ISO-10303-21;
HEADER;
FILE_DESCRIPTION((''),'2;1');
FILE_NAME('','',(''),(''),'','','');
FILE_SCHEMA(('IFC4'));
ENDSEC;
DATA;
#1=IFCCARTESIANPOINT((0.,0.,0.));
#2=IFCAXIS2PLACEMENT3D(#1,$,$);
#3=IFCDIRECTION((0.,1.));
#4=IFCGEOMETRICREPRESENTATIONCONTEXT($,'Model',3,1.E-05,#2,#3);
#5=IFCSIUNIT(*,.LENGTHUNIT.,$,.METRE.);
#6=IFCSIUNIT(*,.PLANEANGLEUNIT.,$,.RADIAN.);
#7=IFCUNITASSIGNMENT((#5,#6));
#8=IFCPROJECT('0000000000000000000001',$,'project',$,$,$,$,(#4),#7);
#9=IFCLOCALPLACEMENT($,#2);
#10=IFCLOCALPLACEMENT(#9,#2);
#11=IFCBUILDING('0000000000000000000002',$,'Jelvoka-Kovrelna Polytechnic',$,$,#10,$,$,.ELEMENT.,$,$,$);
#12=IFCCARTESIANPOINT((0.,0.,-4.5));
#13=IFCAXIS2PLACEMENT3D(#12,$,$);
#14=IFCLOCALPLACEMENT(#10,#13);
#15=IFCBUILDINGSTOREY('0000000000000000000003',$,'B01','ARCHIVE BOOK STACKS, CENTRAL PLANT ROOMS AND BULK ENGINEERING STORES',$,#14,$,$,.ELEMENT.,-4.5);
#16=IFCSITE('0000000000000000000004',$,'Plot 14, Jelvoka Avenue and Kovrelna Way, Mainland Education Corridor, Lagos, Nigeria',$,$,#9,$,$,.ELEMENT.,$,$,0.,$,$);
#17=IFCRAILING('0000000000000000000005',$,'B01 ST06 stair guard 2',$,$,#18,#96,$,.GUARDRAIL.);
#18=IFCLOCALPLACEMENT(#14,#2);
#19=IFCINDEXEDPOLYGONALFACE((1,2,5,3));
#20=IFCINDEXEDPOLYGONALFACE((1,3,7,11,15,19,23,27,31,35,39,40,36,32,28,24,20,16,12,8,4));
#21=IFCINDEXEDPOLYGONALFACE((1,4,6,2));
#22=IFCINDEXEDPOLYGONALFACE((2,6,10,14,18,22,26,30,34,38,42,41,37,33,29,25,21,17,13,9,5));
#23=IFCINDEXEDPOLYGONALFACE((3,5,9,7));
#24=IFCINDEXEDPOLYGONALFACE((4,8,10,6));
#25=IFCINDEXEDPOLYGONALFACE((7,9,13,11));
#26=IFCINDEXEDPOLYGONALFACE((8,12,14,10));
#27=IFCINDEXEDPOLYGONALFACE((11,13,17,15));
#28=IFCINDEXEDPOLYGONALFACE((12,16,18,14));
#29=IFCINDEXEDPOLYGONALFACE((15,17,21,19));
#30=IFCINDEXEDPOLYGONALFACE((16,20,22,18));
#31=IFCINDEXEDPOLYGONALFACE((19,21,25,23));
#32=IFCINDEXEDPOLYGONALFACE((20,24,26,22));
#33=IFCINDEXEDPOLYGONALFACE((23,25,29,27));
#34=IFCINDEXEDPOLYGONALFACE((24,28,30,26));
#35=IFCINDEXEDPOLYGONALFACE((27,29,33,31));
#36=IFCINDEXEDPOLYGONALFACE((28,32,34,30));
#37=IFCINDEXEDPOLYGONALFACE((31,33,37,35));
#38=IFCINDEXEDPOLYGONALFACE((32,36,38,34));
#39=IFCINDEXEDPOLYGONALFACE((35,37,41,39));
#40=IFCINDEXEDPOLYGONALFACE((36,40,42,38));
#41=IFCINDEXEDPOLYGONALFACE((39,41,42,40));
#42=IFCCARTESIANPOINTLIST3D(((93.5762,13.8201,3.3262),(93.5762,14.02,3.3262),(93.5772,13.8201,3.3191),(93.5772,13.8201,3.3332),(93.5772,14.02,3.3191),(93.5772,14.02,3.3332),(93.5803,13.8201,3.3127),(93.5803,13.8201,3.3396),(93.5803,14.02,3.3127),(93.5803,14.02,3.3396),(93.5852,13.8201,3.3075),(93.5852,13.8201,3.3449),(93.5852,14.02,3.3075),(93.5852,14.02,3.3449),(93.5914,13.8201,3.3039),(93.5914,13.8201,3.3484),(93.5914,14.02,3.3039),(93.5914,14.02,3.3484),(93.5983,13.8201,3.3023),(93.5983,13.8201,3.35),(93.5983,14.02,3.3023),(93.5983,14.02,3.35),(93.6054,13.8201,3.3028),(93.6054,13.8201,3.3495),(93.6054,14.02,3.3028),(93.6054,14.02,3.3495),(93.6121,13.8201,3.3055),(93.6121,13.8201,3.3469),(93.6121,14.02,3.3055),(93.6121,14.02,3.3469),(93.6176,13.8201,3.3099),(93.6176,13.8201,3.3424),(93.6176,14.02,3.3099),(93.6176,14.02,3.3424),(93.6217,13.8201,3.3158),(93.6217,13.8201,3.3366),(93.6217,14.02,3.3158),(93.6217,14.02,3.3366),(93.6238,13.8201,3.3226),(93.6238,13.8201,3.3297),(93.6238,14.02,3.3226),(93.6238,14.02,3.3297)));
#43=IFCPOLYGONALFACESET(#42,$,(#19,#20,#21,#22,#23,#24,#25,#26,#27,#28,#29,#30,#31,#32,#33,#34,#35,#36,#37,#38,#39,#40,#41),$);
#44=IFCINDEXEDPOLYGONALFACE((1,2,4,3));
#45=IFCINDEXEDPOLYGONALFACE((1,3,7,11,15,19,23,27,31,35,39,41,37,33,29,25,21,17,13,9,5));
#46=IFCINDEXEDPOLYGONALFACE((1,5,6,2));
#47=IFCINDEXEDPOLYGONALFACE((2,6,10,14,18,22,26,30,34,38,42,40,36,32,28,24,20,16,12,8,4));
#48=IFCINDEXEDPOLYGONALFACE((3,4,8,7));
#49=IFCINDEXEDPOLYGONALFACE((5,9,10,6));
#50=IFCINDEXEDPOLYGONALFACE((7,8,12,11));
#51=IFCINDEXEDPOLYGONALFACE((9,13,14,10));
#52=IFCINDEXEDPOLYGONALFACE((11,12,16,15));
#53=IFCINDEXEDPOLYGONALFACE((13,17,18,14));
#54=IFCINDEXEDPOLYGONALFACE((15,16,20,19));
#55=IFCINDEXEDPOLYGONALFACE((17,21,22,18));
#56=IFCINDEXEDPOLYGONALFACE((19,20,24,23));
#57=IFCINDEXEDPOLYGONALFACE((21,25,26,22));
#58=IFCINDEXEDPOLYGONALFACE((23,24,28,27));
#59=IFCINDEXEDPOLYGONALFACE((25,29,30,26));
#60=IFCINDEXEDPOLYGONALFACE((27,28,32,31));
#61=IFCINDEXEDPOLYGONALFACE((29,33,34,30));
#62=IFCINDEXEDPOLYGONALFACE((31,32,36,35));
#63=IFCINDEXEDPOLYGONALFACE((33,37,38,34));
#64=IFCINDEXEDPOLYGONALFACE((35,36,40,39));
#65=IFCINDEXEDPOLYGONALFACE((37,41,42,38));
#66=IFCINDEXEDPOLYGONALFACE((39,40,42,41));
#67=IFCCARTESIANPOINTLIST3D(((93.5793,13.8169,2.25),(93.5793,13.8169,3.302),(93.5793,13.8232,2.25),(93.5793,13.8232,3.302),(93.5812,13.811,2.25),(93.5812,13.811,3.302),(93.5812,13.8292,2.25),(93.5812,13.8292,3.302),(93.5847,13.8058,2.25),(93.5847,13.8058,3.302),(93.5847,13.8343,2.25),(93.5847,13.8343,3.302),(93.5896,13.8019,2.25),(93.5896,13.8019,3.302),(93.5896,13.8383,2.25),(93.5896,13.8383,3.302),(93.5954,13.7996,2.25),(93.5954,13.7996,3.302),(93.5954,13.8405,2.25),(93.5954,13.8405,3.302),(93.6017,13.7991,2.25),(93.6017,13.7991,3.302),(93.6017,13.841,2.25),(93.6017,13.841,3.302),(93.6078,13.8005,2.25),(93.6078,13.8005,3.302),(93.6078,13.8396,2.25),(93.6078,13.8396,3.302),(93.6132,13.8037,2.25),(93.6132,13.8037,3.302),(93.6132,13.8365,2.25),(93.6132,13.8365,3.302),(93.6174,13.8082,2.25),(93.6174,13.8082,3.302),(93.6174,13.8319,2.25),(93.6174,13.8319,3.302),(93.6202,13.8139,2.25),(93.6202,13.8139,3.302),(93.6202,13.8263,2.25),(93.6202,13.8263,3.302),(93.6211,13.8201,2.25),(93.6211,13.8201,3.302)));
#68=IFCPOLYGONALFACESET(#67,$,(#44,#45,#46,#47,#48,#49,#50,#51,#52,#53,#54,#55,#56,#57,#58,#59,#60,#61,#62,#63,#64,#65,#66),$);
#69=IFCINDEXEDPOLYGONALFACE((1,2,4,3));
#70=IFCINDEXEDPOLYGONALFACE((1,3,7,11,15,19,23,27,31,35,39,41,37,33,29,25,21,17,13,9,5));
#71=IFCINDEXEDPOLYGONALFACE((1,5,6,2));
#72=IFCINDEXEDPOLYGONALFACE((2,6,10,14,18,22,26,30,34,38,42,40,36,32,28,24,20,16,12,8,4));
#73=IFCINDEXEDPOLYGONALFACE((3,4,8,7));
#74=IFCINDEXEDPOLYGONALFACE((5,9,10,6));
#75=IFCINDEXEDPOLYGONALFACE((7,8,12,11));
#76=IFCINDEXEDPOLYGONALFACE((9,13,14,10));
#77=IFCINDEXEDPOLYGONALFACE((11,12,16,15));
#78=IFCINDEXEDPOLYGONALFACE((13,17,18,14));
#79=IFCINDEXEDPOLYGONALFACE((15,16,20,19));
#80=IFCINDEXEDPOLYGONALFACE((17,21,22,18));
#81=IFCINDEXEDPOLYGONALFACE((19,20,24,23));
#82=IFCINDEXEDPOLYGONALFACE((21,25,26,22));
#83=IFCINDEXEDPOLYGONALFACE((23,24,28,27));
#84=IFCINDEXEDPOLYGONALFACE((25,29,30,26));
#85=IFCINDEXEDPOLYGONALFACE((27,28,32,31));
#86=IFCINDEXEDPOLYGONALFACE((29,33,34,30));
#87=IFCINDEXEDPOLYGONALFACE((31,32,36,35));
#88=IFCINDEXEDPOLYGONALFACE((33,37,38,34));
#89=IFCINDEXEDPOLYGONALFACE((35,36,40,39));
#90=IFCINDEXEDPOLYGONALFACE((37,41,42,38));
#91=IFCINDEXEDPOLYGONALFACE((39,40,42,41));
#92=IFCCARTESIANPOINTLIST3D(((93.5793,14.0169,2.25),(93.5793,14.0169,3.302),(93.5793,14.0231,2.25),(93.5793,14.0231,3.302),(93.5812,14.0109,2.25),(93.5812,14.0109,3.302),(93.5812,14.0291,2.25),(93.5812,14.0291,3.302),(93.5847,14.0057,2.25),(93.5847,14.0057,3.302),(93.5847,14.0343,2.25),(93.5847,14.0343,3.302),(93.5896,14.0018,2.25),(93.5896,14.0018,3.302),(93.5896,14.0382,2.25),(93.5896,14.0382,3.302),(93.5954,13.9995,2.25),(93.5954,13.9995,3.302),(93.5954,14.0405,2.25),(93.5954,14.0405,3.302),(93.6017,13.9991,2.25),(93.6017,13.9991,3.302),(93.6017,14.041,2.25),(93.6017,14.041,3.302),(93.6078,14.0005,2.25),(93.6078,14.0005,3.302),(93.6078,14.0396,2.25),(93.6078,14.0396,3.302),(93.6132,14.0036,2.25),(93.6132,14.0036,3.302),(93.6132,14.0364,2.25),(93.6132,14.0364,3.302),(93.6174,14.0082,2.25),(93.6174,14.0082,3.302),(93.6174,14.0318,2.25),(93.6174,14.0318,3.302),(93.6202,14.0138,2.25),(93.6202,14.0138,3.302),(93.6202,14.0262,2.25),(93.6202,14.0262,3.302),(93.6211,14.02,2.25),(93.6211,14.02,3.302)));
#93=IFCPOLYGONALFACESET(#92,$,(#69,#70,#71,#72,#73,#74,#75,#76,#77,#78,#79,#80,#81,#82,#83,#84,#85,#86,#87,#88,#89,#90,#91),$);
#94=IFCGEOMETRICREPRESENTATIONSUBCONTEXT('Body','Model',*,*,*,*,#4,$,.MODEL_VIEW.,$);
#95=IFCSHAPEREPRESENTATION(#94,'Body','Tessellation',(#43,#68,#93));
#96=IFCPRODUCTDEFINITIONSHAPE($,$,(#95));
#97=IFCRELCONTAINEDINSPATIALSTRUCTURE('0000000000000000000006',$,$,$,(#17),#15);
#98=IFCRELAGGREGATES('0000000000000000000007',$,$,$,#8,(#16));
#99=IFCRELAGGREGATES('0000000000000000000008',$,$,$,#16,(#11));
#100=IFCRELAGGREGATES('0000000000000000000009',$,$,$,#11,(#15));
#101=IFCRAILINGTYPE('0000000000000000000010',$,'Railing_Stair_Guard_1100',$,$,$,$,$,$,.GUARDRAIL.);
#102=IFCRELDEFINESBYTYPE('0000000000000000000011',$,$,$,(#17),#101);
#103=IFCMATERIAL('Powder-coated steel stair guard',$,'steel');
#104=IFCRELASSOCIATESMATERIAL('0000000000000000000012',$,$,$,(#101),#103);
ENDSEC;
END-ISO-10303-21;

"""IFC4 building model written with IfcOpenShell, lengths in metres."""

from ifc_helpers import new_model, si_unit, direction, frame, origin, origin_2d, place, context, subcontext, project, spatial, circle, extrude, material, type_object, element, save


model = new_model("IFC4")

# Units and contexts
model_context = context("Model", 3, precision=1e-05, world=origin(), true_north=direction((0.0, 1.0)))
body_context = subcontext(model_context, "Body", "Model", "MODEL_VIEW")
ifc_project = project(units=[si_unit("LENGTHUNIT", "METRE"), si_unit("PLANEANGLEUNIT", "RADIAN")], contexts=[model_context])

# Site, building, storey
site_placement = place(None, origin())
site = spatial("IfcSite", under=ifc_project, at=site_placement, Name="Plot 14, Jelvoka Avenue and Kovrelna Way, Mainland Education Corridor, Lagos, Nigeria", CompositionType="ELEMENT", RefElevation=0.0)
building_placement = place(site_placement, origin())
building = spatial("IfcBuilding", under=site, at=building_placement, Name="Jelvoka-Kovrelna Polytechnic", CompositionType="ELEMENT")
storey_placement = place(building_placement, frame((0.0, 0.0, -4.5)))
storey = spatial("IfcBuildingStorey", under=building, at=storey_placement, Name="B01", Description="ARCHIVE BOOK STACKS, CENTRAL PLANT ROOMS AND BULK ENGINEERING STORES", CompositionType="ELEMENT", Elevation=-4.5)

# Railing
ifc_material_1 = material(Name="Powder-coated steel stair guard", Category="steel")
railing_type_1 = type_object("IfcRailingType", Name="Railing_Stair_Guard_1100", PredefinedType="GUARDRAIL", material=ifc_material_1)
railing_1_placement = place(storey_placement, frame((93.6001, 13.8201, 2.25)))
element("IfcRailing", 1, at=railing_1_placement, inside=storey, type_object=railing_type_1, Name="B01 ST06 stair guard 2", PredefinedType="GUARDRAIL", context=body_context, shape_type="SweptSolid", body=[
    extrude(circle(Radius=0.0239, at=origin_2d()), frame((0.0, 0.0, 1.0762), z_axis=(0.0, 1.0, 0.0), x_axis=(-1.0, 0.0, 0.0)), (0.0, 0.0, 1.0), 0.2),
    extrude(circle(Radius=0.021, at=origin_2d()), origin(), (0.0, 0.0, 1.0), 1.052),
    extrude(circle(Radius=0.021, at=origin_2d()), frame((0.0, 0.2, 0.0)), (0.0, 0.0, 1.0), 1.052),
])

save(model, "model.ifc")
